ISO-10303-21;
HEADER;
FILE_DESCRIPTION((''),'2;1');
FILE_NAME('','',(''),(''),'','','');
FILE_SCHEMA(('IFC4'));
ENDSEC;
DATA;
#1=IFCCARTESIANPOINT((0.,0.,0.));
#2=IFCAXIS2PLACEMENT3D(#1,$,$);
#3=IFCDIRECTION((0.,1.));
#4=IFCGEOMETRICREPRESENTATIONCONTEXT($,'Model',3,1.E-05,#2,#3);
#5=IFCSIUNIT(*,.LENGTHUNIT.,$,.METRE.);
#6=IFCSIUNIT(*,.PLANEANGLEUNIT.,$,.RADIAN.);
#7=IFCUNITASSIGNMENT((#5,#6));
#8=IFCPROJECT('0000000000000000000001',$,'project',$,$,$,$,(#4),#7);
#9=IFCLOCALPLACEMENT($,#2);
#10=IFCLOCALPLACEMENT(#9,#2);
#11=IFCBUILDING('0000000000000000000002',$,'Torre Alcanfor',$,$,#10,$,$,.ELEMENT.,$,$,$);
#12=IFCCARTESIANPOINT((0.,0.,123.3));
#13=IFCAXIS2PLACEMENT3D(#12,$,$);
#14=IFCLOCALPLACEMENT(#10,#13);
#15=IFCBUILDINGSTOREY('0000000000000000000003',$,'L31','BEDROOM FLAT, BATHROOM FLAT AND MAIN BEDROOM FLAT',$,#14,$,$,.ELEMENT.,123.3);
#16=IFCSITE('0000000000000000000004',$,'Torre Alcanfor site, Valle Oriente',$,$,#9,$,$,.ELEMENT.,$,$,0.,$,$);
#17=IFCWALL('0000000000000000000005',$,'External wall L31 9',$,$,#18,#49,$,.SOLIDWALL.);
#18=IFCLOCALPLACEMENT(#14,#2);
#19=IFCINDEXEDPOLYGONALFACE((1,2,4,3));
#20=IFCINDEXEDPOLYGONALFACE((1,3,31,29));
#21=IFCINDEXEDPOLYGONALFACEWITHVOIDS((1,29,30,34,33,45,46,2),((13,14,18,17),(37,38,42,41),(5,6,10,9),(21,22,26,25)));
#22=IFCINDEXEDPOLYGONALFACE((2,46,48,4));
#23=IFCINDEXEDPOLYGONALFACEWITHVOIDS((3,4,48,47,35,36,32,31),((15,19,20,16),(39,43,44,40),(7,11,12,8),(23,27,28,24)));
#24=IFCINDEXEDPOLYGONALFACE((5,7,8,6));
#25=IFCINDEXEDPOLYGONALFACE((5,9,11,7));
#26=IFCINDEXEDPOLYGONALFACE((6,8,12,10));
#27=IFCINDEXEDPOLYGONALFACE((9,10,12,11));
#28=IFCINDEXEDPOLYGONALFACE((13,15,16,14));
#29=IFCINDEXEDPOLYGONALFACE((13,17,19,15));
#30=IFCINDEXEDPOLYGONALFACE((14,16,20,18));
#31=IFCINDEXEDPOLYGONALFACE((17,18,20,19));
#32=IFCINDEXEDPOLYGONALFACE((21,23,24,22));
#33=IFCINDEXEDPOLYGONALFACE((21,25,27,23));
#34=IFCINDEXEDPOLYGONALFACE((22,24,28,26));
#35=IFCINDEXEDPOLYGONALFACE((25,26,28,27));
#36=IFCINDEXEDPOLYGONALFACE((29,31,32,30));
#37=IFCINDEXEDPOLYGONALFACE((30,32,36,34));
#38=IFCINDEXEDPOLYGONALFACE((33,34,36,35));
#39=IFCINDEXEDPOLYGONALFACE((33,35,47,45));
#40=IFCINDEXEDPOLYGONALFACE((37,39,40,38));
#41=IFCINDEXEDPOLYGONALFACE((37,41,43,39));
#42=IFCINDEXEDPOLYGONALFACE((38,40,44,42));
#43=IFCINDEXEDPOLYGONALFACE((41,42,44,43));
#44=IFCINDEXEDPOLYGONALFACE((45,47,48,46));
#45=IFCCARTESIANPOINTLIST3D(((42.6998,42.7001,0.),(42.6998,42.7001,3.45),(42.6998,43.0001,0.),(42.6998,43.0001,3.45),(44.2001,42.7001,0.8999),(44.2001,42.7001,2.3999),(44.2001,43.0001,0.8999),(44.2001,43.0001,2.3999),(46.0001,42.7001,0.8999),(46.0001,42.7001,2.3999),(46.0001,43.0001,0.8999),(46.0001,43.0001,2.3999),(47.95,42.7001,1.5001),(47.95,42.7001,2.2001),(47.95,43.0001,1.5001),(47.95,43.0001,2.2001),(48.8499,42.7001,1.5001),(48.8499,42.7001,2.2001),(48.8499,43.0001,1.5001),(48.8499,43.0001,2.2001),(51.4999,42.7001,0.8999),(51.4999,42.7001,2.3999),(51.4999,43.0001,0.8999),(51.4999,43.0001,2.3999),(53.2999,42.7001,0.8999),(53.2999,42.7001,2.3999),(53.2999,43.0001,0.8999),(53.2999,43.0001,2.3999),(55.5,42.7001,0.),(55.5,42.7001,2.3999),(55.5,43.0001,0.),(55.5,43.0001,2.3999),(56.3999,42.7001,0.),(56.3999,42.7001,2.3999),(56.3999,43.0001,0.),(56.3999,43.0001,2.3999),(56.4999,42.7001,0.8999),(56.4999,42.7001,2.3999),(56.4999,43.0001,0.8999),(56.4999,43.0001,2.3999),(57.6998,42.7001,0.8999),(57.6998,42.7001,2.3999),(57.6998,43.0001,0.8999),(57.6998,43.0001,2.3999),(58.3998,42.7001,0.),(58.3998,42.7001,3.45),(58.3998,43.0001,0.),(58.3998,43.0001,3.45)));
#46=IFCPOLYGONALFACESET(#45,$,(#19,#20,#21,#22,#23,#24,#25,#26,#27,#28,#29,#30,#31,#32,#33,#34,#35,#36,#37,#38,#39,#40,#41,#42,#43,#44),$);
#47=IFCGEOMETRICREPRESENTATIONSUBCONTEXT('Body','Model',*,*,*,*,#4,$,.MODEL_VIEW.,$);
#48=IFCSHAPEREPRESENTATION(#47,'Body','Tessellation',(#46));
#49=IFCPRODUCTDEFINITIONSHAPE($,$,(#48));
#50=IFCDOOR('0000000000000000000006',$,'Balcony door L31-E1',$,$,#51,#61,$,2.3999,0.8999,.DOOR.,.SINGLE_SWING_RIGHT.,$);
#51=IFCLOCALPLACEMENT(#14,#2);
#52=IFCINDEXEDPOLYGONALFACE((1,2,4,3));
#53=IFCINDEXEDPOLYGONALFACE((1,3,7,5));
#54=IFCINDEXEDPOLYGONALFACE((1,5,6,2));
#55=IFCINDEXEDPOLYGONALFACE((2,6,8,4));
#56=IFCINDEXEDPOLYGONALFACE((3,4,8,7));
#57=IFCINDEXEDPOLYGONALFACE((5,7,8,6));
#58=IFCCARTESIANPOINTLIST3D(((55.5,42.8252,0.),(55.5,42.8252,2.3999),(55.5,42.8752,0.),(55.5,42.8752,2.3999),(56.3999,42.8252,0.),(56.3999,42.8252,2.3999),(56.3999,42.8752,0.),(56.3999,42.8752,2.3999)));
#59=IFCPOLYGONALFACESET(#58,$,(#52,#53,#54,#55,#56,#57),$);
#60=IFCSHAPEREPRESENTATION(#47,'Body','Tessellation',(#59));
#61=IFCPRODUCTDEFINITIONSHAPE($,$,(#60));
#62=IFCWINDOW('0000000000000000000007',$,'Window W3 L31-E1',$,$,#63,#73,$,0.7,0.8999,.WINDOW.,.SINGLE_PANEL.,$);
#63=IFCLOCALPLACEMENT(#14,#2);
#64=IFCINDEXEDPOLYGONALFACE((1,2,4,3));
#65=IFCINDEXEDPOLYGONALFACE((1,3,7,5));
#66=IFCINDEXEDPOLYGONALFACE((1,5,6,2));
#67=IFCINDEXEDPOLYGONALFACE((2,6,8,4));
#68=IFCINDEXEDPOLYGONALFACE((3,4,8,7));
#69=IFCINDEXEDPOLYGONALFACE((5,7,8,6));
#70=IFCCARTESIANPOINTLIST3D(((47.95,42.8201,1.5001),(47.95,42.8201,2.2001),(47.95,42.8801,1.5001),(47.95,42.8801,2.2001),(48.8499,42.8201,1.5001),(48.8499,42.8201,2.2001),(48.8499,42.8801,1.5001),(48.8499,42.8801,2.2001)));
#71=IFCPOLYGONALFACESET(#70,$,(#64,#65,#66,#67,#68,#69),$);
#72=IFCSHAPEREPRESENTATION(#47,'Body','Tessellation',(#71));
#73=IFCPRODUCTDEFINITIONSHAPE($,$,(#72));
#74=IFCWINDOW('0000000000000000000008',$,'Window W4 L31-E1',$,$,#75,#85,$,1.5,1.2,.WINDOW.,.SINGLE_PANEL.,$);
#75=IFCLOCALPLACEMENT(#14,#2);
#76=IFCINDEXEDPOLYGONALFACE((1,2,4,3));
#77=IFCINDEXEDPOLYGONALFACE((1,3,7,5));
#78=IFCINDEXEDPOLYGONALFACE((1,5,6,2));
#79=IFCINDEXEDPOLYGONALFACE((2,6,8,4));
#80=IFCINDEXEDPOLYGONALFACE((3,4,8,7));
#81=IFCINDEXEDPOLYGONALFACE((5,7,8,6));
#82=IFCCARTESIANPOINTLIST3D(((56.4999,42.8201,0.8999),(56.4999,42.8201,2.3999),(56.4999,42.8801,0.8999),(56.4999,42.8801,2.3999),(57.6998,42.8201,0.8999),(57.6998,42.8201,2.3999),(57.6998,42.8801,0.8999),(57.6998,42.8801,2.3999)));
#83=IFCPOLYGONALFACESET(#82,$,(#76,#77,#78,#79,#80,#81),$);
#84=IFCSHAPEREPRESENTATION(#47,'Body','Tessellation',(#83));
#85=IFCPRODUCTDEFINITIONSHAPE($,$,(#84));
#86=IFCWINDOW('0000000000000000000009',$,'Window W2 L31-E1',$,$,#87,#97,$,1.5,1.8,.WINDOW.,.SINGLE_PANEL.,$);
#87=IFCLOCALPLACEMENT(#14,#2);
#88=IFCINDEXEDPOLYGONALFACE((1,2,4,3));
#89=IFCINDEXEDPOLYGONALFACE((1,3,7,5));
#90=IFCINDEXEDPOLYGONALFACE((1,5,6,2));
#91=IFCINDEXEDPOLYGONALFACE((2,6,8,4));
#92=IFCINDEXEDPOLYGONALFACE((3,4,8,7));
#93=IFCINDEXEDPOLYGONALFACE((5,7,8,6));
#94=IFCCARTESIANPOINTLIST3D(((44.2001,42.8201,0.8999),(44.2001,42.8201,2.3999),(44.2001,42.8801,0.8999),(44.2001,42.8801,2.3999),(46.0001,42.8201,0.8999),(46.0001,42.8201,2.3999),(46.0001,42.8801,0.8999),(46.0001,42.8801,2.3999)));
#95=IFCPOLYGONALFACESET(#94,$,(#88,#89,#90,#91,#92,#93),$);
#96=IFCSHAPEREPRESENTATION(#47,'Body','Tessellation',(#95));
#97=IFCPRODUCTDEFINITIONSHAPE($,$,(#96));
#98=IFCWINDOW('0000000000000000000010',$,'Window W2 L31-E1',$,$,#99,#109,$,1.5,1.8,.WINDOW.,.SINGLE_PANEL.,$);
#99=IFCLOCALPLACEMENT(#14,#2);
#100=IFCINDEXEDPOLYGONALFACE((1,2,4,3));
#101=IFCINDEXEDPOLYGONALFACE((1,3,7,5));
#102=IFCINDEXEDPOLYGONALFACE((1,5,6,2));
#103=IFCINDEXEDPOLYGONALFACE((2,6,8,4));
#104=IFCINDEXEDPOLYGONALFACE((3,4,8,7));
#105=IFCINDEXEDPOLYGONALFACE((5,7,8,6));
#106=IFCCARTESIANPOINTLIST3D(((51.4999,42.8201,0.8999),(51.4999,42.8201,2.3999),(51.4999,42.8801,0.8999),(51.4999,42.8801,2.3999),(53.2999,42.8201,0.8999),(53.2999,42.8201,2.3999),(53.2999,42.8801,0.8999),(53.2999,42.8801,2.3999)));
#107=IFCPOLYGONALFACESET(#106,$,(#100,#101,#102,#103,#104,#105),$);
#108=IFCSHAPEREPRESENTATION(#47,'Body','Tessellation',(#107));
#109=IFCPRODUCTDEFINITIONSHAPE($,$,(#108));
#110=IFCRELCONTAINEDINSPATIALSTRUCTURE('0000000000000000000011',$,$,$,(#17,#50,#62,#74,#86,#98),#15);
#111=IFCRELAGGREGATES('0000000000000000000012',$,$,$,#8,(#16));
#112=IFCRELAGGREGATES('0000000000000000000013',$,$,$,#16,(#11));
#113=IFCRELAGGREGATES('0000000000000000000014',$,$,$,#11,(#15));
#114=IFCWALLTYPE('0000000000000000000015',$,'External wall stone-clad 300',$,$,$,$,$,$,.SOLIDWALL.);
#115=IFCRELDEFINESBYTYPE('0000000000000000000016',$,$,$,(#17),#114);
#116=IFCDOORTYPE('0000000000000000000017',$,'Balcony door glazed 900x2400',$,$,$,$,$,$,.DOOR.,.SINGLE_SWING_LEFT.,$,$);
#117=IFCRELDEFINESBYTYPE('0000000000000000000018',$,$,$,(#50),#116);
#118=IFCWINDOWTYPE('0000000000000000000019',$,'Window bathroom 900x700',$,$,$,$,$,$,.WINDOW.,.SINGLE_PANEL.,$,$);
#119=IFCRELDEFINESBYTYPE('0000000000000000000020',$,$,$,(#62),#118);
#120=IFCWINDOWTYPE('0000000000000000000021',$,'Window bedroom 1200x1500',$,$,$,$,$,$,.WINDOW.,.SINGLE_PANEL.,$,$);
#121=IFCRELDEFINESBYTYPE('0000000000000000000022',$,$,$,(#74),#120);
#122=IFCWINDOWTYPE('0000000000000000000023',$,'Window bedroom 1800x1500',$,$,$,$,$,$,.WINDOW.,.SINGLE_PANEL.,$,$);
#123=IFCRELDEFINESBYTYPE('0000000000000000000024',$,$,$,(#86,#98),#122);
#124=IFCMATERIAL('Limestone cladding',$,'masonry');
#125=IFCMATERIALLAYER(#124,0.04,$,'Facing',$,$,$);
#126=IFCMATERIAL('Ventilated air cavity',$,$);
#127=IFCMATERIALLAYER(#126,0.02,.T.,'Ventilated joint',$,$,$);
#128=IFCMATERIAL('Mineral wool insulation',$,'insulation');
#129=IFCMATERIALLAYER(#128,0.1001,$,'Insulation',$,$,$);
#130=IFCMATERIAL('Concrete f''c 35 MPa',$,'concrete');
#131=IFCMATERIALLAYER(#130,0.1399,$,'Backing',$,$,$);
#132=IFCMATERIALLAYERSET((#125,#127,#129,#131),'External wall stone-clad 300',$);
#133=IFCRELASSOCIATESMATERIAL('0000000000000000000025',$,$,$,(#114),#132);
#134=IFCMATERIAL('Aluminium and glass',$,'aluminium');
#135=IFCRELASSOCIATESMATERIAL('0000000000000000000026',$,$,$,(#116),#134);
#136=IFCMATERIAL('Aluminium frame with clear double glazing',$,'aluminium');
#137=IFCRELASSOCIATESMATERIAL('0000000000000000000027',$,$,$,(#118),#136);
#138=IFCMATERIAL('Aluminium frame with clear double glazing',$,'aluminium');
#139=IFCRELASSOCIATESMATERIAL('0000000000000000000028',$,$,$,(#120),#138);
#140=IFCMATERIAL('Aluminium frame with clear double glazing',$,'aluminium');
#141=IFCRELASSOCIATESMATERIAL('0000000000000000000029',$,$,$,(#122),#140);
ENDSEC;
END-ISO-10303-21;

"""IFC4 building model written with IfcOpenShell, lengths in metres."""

from ifc_helpers import new_model, si_unit, direction, frame, frame_2d, origin, place, context, subcontext, project, spatial, rectangle, extrude, material, layer, layer_set, type_object, element, fill, save


model = new_model("IFC4")

# Units and contexts
model_context = context("Model", 3, precision=1e-05, world=origin(), true_north=direction((0.0, 1.0)))
body_context = subcontext(model_context, "Body", "Model", "MODEL_VIEW")
ifc_project = project(units=[si_unit("LENGTHUNIT", "METRE"), si_unit("PLANEANGLEUNIT", "RADIAN")], contexts=[model_context])

# Site, building, storey
site_placement = place(None, origin())
site = spatial("IfcSite", under=ifc_project, at=site_placement, Name="Torre Alcanfor site, Valle Oriente", CompositionType="ELEMENT", RefElevation=0.0)
building_placement = place(site_placement, origin())
building = spatial("IfcBuilding", under=site, at=building_placement, Name="Torre Alcanfor", CompositionType="ELEMENT")
storey_placement = place(building_placement, frame((0.0, 0.0, 123.3)))
storey = spatial("IfcBuildingStorey", under=building, at=storey_placement, Name="L31", Description="BEDROOM FLAT, BATHROOM FLAT AND MAIN BEDROOM FLAT", CompositionType="ELEMENT", Elevation=123.3)

# Wall, openings, door, windows
ifc_material_1 = material(Name="Limestone cladding", Category="masonry")
ifc_layer_1 = layer(ifc_material_1, 0.04, Name="Facing")
ifc_material_2 = material(Name="Ventilated air cavity")
ifc_layer_2 = layer(ifc_material_2, 0.02, ventilated=True, Name="Ventilated joint")
ifc_material_3 = material(Name="Mineral wool insulation", Category="insulation")
ifc_layer_3 = layer(ifc_material_3, 0.1001, Name="Insulation")
ifc_material_4 = material(Name="Concrete f'c 35 MPa", Category="concrete")
ifc_layer_4 = layer(ifc_material_4, 0.1399, Name="Backing")
ifc_layer_set_1 = layer_set([ifc_layer_1, ifc_layer_2, ifc_layer_3, ifc_layer_4], Name="External wall stone-clad 300")
wall_type_1 = type_object("IfcWallType", Name="External wall stone-clad 300", PredefinedType="SOLIDWALL", material=ifc_layer_set_1)
wall_1_placement = place(storey_placement, frame((58.3999, 42.8501, 0.0), z_axis=(0.0, 0.0, 1.0), x_axis=(-1.0, 0.0, 0.0)))
wall_1 = element("IfcWall", 1, at=wall_1_placement, inside=storey, type_object=wall_type_1, Name="External wall L31 9", PredefinedType="SOLIDWALL", context=body_context, shape_type="SweptSolid", body=[
    extrude(rectangle(XDim=15.7, YDim=0.3, at=frame_2d((7.8501, 0.0))), origin(), (0.0, 0.0, 1.0), 3.45),
])
opening_1_placement = place(wall_1_placement, frame((12.3999, 0.0, 0.8999)))
opening_1 = element("IfcOpeningElement", 2, at=opening_1_placement, cuts=wall_1, PredefinedType="OPENING", context=body_context, shape_type="SweptSolid", body=[
    extrude(rectangle(XDim=1.8, YDim=1.5, at=frame_2d((0.8999, 0.75))), frame((0.0, 0.1599, 0.0), z_axis=(0.0, -1.0, 0.0), x_axis=(1.0, 0.0, 0.0)), (0.0, 0.0, 1.0), 0.3201),
])
opening_2_placement = place(wall_1_placement, frame((9.55, 0.0, 1.5)))
opening_2 = element("IfcOpeningElement", 3, at=opening_2_placement, cuts=wall_1, PredefinedType="OPENING", context=body_context, shape_type="SweptSolid", body=[
    extrude(rectangle(XDim=0.8999, YDim=0.7, at=frame_2d((0.45, 0.3501))), frame((0.0, 0.1599, 0.0), z_axis=(0.0, -1.0, 0.0), x_axis=(1.0, 0.0, 0.0)), (0.0, 0.0, 1.0), 0.3201),
])
opening_3_placement = place(wall_1_placement, frame((5.1001, 0.0, 0.8999)))
opening_3 = element("IfcOpeningElement", 4, at=opening_3_placement, cuts=wall_1, PredefinedType="OPENING", context=body_context, shape_type="SweptSolid", body=[
    extrude(rectangle(XDim=1.8, YDim=1.5, at=frame_2d((0.8999, 0.75))), frame((0.0, 0.1599, 0.0), z_axis=(0.0, -1.0, 0.0), x_axis=(1.0, 0.0, 0.0)), (0.0, 0.0, 1.0), 0.3201),
])
opening_4_placement = place(wall_1_placement, frame((2.0, 0.0, 0.0)))
opening_4 = element("IfcOpeningElement", 5, at=opening_4_placement, cuts=wall_1, PredefinedType="OPENING", context=body_context, shape_type="SweptSolid", body=[
    extrude(rectangle(XDim=0.8999, YDim=2.3999, at=frame_2d((0.45, 1.2))), frame((0.0, 0.1599, 0.0), z_axis=(0.0, -1.0, 0.0), x_axis=(1.0, 0.0, 0.0)), (0.0, 0.0, 1.0), 0.3201),
])
opening_5_placement = place(wall_1_placement, frame((0.7, 0.0, 0.8999)))
opening_5 = element("IfcOpeningElement", 6, at=opening_5_placement, cuts=wall_1, PredefinedType="OPENING", context=body_context, shape_type="SweptSolid", body=[
    extrude(rectangle(XDim=1.2, YDim=1.5, at=frame_2d((0.6001, 0.75))), frame((0.0, 0.1599, 0.0), z_axis=(0.0, -1.0, 0.0), x_axis=(1.0, 0.0, 0.0)), (0.0, 0.0, 1.0), 0.3201),
])
ifc_material_5 = material(Name="Aluminium and glass", Category="aluminium")
door_type_1 = type_object("IfcDoorType", Name="Balcony door glazed 900x2400", OperationType="SINGLE_SWING_LEFT", PredefinedType="DOOR", material=ifc_material_5)
door_1_placement = place(opening_4_placement, origin())
door_1 = element("IfcDoor", 7, at=door_1_placement, inside=storey, type_object=door_type_1, Name="Balcony door L31-E1", OperationType="SINGLE_SWING_RIGHT", OverallHeight=2.3999, OverallWidth=0.8999, PredefinedType="DOOR", context=body_context, shape_type="SweptSolid", body=[
    extrude(rectangle(XDim=0.8999, YDim=2.3999, at=frame_2d((0.45, 1.2))), frame((0.0, 0.0249, 0.0), z_axis=(0.0, -1.0, 0.0), x_axis=(1.0, 0.0, 0.0)), (0.0, 0.0, 1.0), 0.05),
])
fill(opening_4, door_1)
ifc_material_6 = material(Name="Aluminium frame with clear double glazing", Category="aluminium")
window_type_1 = type_object("IfcWindowType", Name="Window bathroom 900x700", PartitioningType="SINGLE_PANEL", PredefinedType="WINDOW", material=ifc_material_6)
window_1_placement = place(opening_2_placement, origin())
window_1 = element("IfcWindow", 8, at=window_1_placement, inside=storey, type_object=window_type_1, Name="Window W3 L31-E1", OverallHeight=0.7, OverallWidth=0.8999, PartitioningType="SINGLE_PANEL", PredefinedType="WINDOW", context=body_context, shape_type="SweptSolid", body=[
    extrude(rectangle(XDim=0.8999, YDim=0.7, at=frame_2d((0.45, 0.3501))), frame((0.0, 0.03, 0.0), z_axis=(0.0, -1.0, 0.0), x_axis=(1.0, 0.0, 0.0)), (0.0, 0.0, 1.0), 0.0601),
])
fill(opening_2, window_1)
ifc_material_7 = material(Name="Aluminium frame with clear double glazing", Category="aluminium")
window_type_2 = type_object("IfcWindowType", Name="Window bedroom 1200x1500", PartitioningType="SINGLE_PANEL", PredefinedType="WINDOW", material=ifc_material_7)
window_2_placement = place(opening_5_placement, origin())
window_2 = element("IfcWindow", 9, at=window_2_placement, inside=storey, type_object=window_type_2, Name="Window W4 L31-E1", OverallHeight=1.5, OverallWidth=1.2, PartitioningType="SINGLE_PANEL", PredefinedType="WINDOW", context=body_context, shape_type="SweptSolid", body=[
    extrude(rectangle(XDim=1.2, YDim=1.5, at=frame_2d((0.6001, 0.75))), frame((0.0, 0.03, 0.0), z_axis=(0.0, -1.0, 0.0), x_axis=(1.0, 0.0, 0.0)), (0.0, 0.0, 1.0), 0.0601),
])
fill(opening_5, window_2)
ifc_material_8 = material(Name="Aluminium frame with clear double glazing", Category="aluminium")
window_type_3 = type_object("IfcWindowType", Name="Window bedroom 1800x1500", PartitioningType="SINGLE_PANEL", PredefinedType="WINDOW", material=ifc_material_8)
window_3_placement = place(opening_1_placement, origin())
window_3 = element("IfcWindow", 10, at=window_3_placement, inside=storey, type_object=window_type_3, Name="Window W2 L31-E1", OverallHeight=1.5, OverallWidth=1.8, PartitioningType="SINGLE_PANEL", PredefinedType="WINDOW", context=body_context, shape_type="SweptSolid", body=[
    extrude(rectangle(XDim=1.8, YDim=1.5, at=frame_2d((0.8999, 0.75))), frame((0.0, 0.03, 0.0), z_axis=(0.0, -1.0, 0.0), x_axis=(1.0, 0.0, 0.0)), (0.0, 0.0, 1.0), 0.0601),
])
fill(opening_1, window_3)
window_4_placement = place(opening_3_placement, origin())
window_4 = element("IfcWindow", 11, at=window_4_placement, inside=storey, type_object=window_type_3, Name="Window W2 L31-E1", OverallHeight=1.5, OverallWidth=1.8, PartitioningType="SINGLE_PANEL", PredefinedType="WINDOW", context=body_context, shape_type="SweptSolid", body=[
    extrude(rectangle(XDim=1.8, YDim=1.5, at=frame_2d((0.8999, 0.75))), frame((0.0, 0.03, 0.0), z_axis=(0.0, -1.0, 0.0), x_axis=(1.0, 0.0, 0.0)), (0.0, 0.0, 1.0), 0.0601),
])
fill(opening_3, window_4)

save(model, "model.ifc")
